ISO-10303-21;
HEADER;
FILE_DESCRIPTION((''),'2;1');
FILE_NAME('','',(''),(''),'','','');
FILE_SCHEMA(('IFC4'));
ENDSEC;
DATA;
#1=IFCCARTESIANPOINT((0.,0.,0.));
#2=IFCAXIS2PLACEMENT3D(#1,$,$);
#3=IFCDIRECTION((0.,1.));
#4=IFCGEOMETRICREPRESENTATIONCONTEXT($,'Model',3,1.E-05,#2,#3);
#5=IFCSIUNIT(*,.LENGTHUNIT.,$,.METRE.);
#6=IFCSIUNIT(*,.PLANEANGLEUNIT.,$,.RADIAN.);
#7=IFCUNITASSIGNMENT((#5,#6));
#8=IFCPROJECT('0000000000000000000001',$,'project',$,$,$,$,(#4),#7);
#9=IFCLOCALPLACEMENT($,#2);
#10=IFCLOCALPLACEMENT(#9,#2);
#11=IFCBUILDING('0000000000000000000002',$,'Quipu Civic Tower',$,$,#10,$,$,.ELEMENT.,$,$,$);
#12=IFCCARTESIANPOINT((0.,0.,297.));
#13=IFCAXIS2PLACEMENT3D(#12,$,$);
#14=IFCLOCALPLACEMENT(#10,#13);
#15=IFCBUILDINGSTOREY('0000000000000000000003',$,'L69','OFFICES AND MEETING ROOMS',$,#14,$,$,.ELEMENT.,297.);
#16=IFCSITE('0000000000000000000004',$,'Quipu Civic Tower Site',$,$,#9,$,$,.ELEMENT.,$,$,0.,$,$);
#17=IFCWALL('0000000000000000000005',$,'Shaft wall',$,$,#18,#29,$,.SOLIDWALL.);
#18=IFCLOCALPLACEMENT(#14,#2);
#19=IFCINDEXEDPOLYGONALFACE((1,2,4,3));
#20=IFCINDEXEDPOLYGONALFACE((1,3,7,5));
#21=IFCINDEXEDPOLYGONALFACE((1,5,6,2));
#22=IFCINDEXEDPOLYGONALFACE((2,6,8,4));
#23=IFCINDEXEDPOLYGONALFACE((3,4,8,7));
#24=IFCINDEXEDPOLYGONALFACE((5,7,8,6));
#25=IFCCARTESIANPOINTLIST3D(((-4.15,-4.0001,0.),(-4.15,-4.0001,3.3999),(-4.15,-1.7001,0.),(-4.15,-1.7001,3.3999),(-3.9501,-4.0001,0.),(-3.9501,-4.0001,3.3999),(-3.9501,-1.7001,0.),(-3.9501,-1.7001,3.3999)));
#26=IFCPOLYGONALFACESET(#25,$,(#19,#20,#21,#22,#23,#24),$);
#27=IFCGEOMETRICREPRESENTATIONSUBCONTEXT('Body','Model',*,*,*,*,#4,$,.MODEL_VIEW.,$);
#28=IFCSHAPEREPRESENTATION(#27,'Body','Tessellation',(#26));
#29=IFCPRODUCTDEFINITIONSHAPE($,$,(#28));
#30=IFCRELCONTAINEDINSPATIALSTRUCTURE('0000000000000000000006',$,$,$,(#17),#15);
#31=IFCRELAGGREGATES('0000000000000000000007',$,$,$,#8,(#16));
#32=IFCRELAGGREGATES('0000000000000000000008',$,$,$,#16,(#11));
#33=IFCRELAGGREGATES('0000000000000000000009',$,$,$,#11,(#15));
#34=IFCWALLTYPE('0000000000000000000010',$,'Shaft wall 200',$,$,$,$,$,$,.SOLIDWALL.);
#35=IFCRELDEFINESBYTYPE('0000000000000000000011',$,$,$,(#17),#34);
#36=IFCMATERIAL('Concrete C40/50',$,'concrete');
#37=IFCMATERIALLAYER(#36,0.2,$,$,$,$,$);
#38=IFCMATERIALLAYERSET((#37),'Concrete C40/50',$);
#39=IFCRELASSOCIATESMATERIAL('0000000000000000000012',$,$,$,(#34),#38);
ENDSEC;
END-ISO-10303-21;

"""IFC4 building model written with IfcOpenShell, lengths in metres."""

from ifc_helpers import new_model, si_unit, direction, frame, frame_2d, origin, place, context, subcontext, project, spatial, rectangle, extrude, material, layer, layer_set, type_object, element, save


model = new_model("IFC4")

# Units and contexts
model_context = context("Model", 3, precision=1e-05, world=origin(), true_north=direction((0.0, 1.0)))
body_context = subcontext(model_context, "Body", "Model", "MODEL_VIEW")
ifc_project = project(units=[si_unit("LENGTHUNIT", "METRE"), si_unit("PLANEANGLEUNIT", "RADIAN")], contexts=[model_context])

# Site, building, storey
site_placement = place(None, origin())
site = spatial("IfcSite", under=ifc_project, at=site_placement, Name="Quipu Civic Tower Site", CompositionType="ELEMENT", RefElevation=0.0)
building_placement = place(site_placement, origin())
building = spatial("IfcBuilding", under=site, at=building_placement, Name="Quipu Civic Tower", CompositionType="ELEMENT")
storey_placement = place(building_placement, frame((0.0, 0.0, 297.0)))
storey = spatial("IfcBuildingStorey", under=building, at=storey_placement, Name="L69", Description="OFFICES AND MEETING ROOMS", CompositionType="ELEMENT", Elevation=297.0)

# Wall
ifc_material_1 = material(Name="Concrete C40/50", Category="concrete")
ifc_layer_1 = layer(ifc_material_1, 0.2)
ifc_layer_set_1 = layer_set([ifc_layer_1], Name="Concrete C40/50")
wall_type_1 = type_object("IfcWallType", Name="Shaft wall 200", PredefinedType="SOLIDWALL", material=ifc_layer_set_1)
for number, where, z_axis, x_axis, name in (
    (1, (-4.05, -4.0, 0.0), (0.0, 0.0, 1.0), (0.0, 1.0, 0.0), "Shaft wall"),
):
    element("IfcWall", number, at=place(storey_placement, frame(where, z_axis=z_axis, x_axis=x_axis)), inside=storey, type_object=wall_type_1, Name=name, PredefinedType="SOLIDWALL", context=body_context, shape_type="SweptSolid", body=[
        extrude(rectangle(XDim=2.3, YDim=0.2, at=frame_2d((1.1499, 0.0))), origin(), (0.0, 0.0, 1.0), 3.3999),
    ])

save(model, "model.ifc")
